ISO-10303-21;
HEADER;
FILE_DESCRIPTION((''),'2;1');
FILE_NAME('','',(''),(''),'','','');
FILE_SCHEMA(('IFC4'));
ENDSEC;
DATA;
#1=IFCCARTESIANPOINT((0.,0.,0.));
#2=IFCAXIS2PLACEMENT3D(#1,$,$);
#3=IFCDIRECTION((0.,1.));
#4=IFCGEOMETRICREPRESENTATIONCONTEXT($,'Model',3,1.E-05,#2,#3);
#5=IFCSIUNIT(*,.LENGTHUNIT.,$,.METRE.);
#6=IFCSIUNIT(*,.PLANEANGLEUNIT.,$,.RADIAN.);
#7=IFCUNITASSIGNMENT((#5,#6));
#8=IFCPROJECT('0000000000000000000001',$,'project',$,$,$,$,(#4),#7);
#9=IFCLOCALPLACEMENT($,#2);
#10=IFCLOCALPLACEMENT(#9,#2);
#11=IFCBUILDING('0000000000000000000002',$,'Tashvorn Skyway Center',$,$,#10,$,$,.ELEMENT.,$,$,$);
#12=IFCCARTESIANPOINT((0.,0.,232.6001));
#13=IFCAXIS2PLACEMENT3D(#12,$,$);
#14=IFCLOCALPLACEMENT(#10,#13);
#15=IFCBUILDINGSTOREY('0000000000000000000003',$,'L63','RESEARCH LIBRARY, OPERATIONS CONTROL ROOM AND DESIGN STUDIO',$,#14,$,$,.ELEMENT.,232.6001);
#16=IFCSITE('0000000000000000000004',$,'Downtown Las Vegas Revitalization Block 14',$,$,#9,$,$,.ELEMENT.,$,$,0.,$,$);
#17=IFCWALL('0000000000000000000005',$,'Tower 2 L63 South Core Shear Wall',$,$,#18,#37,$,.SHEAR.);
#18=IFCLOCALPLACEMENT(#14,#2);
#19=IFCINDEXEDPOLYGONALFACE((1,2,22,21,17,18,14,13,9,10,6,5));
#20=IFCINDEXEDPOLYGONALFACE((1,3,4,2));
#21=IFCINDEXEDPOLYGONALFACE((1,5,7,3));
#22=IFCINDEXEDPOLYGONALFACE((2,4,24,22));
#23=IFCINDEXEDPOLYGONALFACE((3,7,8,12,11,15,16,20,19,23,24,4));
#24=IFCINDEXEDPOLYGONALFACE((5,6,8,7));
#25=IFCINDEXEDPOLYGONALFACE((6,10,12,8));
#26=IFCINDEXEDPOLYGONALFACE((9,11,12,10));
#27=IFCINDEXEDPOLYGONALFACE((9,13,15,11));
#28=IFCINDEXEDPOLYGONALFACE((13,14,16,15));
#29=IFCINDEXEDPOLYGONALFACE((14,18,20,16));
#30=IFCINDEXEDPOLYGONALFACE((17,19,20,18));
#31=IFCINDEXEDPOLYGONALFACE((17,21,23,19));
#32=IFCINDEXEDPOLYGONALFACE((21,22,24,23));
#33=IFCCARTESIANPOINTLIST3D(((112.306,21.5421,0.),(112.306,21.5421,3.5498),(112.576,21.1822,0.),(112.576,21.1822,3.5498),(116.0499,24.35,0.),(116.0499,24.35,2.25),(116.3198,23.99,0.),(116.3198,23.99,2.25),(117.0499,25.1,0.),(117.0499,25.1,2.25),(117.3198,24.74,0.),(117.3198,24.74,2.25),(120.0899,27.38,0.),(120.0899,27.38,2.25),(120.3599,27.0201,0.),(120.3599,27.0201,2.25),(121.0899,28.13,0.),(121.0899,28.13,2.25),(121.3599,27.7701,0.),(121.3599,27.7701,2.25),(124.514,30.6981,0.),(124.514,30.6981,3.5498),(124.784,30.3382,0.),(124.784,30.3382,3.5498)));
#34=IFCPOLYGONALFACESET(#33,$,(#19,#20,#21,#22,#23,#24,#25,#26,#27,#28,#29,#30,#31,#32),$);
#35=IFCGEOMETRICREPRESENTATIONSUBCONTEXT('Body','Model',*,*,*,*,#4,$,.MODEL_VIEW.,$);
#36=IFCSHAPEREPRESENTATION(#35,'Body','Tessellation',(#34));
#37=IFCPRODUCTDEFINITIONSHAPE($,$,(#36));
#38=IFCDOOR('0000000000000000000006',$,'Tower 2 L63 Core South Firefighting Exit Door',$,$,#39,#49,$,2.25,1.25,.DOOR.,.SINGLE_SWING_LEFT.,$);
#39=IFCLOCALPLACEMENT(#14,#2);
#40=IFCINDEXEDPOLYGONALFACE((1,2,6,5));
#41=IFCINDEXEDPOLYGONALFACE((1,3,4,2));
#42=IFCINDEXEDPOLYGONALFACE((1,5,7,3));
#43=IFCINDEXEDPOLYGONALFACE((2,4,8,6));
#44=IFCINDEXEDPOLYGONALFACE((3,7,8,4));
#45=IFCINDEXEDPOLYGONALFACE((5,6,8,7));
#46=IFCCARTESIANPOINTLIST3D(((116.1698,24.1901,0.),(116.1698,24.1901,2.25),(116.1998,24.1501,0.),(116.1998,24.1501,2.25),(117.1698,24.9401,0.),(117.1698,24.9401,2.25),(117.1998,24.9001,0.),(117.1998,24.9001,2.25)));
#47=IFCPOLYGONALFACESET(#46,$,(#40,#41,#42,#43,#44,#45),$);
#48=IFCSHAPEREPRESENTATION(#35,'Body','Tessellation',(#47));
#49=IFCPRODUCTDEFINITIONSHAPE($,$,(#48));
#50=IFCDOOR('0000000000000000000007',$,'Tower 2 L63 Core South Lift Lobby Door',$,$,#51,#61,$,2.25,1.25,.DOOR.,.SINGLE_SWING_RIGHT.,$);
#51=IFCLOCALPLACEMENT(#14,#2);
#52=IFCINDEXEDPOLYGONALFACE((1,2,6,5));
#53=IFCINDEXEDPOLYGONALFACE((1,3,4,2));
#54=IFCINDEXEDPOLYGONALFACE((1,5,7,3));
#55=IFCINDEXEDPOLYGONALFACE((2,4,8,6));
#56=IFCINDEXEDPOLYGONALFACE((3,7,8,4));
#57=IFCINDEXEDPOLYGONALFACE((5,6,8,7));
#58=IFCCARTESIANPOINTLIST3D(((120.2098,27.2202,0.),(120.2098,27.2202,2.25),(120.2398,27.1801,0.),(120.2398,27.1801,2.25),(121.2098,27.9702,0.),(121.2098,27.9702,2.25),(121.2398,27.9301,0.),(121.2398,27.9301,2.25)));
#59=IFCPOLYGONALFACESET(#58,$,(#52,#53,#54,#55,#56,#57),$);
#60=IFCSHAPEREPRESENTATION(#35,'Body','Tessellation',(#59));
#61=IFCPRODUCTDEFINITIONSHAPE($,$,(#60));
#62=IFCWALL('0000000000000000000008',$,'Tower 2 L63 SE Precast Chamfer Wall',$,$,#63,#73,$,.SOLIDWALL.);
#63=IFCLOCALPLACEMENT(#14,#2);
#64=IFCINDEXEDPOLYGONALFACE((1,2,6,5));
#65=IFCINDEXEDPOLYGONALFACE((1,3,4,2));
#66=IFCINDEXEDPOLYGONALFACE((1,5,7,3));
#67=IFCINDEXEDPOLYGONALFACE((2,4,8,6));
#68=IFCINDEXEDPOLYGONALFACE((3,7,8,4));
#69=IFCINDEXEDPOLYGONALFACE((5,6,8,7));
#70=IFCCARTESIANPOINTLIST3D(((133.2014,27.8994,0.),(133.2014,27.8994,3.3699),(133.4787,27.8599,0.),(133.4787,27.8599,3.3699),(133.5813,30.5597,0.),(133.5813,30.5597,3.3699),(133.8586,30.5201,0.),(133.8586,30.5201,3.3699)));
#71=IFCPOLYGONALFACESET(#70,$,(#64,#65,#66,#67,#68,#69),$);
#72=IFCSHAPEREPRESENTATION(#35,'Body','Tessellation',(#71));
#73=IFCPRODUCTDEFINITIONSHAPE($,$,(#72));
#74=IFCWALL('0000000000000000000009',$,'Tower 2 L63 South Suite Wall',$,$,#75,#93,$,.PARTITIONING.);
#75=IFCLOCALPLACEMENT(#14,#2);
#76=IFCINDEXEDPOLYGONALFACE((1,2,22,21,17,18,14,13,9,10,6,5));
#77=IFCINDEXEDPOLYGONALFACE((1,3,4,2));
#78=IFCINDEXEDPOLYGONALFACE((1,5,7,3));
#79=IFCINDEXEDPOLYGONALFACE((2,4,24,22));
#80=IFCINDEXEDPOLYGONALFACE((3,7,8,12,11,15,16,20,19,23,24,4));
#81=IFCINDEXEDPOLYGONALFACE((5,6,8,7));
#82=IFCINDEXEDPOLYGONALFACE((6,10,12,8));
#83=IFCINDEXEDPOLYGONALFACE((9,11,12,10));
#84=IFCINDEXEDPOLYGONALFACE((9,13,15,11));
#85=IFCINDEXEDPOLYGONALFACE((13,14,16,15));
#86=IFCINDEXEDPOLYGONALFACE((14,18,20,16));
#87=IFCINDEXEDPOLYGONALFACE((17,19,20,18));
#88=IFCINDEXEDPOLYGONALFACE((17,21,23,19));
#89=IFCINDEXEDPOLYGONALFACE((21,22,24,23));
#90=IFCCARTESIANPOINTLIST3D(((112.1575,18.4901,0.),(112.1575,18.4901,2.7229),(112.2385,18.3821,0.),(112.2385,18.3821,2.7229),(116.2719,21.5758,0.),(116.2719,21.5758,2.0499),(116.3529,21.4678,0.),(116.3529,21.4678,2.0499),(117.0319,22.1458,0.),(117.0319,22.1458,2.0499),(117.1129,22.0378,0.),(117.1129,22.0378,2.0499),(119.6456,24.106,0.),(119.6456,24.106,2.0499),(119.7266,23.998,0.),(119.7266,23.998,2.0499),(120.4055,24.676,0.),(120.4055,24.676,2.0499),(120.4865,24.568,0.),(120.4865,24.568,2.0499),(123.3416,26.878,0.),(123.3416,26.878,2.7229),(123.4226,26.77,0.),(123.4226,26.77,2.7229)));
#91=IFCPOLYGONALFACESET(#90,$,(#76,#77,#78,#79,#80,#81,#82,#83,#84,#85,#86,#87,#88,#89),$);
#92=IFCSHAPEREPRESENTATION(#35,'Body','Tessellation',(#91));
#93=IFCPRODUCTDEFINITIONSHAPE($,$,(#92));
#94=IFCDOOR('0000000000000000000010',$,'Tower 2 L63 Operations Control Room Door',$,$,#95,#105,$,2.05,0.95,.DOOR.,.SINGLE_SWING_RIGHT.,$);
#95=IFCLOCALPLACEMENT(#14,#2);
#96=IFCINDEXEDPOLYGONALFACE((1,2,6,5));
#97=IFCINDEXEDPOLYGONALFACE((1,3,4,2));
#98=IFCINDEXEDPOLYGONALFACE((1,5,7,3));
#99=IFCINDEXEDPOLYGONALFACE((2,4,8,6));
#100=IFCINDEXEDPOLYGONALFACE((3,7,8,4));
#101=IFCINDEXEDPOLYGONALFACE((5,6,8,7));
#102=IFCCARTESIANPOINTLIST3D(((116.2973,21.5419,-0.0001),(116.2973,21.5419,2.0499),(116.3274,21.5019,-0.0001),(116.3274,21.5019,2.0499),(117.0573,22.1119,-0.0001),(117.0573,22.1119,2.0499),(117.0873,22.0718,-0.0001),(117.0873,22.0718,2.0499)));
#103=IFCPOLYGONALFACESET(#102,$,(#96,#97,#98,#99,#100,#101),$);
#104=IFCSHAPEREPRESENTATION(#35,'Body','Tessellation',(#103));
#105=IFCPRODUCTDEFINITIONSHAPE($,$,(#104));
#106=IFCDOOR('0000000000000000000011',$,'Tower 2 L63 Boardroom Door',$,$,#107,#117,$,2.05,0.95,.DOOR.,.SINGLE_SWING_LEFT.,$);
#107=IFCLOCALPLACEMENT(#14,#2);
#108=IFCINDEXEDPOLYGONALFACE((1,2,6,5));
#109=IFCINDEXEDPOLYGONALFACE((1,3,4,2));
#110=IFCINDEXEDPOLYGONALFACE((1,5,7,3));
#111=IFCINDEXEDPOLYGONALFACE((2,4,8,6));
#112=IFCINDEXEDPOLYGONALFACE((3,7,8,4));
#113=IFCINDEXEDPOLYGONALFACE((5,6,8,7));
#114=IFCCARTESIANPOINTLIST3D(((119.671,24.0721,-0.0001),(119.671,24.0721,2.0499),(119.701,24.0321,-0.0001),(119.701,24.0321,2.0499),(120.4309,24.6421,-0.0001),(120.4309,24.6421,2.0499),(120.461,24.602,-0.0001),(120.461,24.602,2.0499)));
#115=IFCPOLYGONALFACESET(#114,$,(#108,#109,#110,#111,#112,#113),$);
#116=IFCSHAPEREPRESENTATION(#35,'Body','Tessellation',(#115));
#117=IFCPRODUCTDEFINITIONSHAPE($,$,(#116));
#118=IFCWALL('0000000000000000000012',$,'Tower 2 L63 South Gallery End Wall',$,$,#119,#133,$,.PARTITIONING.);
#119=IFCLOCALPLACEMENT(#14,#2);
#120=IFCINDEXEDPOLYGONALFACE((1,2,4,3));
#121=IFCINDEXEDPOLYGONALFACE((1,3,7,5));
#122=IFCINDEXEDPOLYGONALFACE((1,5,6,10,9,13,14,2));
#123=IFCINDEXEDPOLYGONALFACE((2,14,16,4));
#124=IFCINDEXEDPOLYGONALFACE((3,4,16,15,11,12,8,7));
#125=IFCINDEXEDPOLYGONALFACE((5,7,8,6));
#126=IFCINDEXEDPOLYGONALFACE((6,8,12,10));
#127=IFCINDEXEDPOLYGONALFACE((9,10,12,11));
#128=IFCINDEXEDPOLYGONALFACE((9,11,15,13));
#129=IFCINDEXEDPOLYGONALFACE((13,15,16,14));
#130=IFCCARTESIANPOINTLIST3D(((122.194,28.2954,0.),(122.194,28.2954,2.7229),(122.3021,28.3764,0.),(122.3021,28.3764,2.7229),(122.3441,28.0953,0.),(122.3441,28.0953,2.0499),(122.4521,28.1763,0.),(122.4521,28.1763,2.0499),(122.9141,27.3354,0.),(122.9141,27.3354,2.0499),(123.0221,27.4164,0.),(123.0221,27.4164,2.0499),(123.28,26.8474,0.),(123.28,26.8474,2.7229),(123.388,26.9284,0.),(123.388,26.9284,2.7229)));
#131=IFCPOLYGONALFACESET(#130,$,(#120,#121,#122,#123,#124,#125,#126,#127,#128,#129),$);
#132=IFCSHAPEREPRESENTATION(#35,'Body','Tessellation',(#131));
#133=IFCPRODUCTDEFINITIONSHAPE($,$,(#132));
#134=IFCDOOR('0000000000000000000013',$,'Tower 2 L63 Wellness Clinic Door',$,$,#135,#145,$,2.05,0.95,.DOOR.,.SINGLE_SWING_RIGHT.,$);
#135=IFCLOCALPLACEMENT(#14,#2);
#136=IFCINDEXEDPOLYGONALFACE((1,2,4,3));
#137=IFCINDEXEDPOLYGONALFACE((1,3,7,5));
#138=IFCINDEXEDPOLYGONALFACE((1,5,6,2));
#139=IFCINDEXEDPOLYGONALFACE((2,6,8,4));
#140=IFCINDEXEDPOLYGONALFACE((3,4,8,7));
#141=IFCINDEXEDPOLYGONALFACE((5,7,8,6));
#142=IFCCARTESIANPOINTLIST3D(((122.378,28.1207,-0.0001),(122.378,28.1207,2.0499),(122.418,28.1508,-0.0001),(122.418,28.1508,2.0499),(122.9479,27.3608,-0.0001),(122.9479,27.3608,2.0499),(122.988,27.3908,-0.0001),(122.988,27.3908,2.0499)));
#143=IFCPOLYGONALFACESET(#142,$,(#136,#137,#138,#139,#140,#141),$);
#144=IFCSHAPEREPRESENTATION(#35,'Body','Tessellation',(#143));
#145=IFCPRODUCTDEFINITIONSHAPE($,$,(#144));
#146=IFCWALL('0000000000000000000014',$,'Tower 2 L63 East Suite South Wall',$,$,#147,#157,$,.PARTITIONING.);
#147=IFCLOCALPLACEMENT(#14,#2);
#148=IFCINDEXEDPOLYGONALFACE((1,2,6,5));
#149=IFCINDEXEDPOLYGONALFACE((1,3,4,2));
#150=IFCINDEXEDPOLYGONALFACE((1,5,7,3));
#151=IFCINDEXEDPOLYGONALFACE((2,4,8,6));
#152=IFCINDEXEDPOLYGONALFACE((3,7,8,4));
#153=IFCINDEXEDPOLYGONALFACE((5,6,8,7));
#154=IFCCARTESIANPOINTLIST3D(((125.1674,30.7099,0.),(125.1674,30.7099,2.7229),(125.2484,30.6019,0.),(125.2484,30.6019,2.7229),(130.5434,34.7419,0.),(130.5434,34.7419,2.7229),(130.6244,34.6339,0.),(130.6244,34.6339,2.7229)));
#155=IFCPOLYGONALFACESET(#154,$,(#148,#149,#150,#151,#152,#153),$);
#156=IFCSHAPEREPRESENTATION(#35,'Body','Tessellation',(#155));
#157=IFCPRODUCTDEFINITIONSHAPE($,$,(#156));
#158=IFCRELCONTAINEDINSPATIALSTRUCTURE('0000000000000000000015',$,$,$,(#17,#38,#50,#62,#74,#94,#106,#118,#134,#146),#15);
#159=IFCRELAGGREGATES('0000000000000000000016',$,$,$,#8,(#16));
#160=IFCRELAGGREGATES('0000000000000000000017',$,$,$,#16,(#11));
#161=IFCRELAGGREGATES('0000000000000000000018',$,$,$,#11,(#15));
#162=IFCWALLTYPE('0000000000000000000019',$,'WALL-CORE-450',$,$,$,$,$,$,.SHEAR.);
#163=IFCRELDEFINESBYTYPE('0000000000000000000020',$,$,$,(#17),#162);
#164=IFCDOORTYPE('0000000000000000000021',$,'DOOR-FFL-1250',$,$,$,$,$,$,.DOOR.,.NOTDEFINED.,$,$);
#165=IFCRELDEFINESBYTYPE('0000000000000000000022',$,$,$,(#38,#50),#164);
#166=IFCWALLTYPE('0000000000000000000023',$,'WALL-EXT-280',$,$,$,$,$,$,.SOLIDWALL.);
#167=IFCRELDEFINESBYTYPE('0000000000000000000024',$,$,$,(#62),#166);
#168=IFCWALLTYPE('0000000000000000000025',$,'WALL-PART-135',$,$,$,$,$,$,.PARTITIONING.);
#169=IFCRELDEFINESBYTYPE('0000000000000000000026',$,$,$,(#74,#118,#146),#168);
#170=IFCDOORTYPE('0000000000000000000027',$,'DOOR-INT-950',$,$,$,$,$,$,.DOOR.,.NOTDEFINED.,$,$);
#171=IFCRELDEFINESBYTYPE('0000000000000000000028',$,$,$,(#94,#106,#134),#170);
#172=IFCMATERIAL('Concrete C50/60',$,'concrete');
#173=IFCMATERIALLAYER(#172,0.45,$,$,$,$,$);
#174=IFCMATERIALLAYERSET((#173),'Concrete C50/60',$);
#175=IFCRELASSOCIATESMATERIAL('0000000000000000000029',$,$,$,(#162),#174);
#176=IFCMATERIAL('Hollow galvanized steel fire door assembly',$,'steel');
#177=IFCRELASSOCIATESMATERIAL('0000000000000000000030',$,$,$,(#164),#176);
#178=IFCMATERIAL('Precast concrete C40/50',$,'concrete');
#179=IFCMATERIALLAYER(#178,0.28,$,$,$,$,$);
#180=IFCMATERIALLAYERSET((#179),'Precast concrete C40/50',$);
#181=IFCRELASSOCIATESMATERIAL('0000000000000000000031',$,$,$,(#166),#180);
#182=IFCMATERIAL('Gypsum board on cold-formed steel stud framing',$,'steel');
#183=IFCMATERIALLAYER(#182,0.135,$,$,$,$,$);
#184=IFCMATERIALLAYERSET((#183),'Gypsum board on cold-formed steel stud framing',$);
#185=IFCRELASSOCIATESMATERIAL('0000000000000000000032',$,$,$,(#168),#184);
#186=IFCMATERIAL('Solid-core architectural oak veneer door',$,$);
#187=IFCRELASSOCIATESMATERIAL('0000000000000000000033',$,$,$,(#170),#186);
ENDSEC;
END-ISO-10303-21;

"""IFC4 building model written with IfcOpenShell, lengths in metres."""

from ifc_helpers import new_model, si_unit, direction, frame, frame_2d, origin, place, context, subcontext, project, spatial, rectangle, extrude, material, layer, layer_set, type_object, element, fill, save


model = new_model("IFC4")

# Units and contexts
model_context = context("Model", 3, precision=1e-05, world=origin(), true_north=direction((0.0, 1.0)))
body_context = subcontext(model_context, "Body", "Model", "MODEL_VIEW")
ifc_project = project(units=[si_unit("LENGTHUNIT", "METRE"), si_unit("PLANEANGLEUNIT", "RADIAN")], contexts=[model_context])

# Site, building, storey
site_placement = place(None, origin())
site = spatial("IfcSite", under=ifc_project, at=site_placement, Name="Downtown Las Vegas Revitalization Block 14", CompositionType="ELEMENT", RefElevation=0.0)
building_placement = place(site_placement, origin())
building = spatial("IfcBuilding", under=site, at=building_placement, Name="Tashvorn Skyway Center", CompositionType="ELEMENT")
storey_placement = place(building_placement, frame((0.0, 0.0, 232.6001)))
storey = spatial("IfcBuildingStorey", under=building, at=storey_placement, Name="L63", Description="RESEARCH LIBRARY, OPERATIONS CONTROL ROOM AND DESIGN STUDIO", CompositionType="ELEMENT", Elevation=232.6001)

# Wall, openings, doors
ifc_material_1 = material(Name="Concrete C50/60", Category="concrete")
ifc_layer_1 = layer(ifc_material_1, 0.45)
ifc_layer_set_1 = layer_set([ifc_layer_1], Name="Concrete C50/60")
wall_type_1 = type_object("IfcWallType", Name="WALL-CORE-450", PredefinedType="SHEAR", material=ifc_layer_set_1)
wall_1_placement = place(storey_placement, frame((124.6489, 30.5181, 0.0), z_axis=(0.0, 0.0, 1.0), x_axis=(-0.8, -0.6, 0.0)))
wall_1 = element("IfcWall", 1, at=wall_1_placement, inside=storey, type_object=wall_type_1, Name="Tower 2 L63 South Core Shear Wall", PredefinedType="SHEAR", context=body_context, shape_type="SweptSolid", body=[
    extrude(rectangle(XDim=15.26, YDim=0.45, at=frame_2d((7.6299, 0.0))), origin(), (0.0, 0.0, 1.0), 3.5498),
])
opening_1_placement = place(wall_1_placement, frame((9.3301, 0.0, 0.0)))
opening_1 = element("IfcOpeningElement", 2, at=opening_1_placement, cuts=wall_1, PredefinedType="OPENING", context=body_context, shape_type="SweptSolid", body=[
    extrude(rectangle(XDim=1.25, YDim=2.25, at=frame_2d((0.625, 1.125))), frame((0.0, 0.2349, 0.0), z_axis=(0.0, -1.0, 0.0), x_axis=(1.0, 0.0, 0.0)), (0.0, 0.0, 1.0), 0.47),
])
opening_2_placement = place(wall_1_placement, frame((4.28, 0.0, 0.0)))
opening_2 = element("IfcOpeningElement", 3, at=opening_2_placement, cuts=wall_1, PredefinedType="OPENING", context=body_context, shape_type="SweptSolid", body=[
    extrude(rectangle(XDim=1.25, YDim=2.25, at=frame_2d((0.625, 1.125))), frame((0.0, 0.2349, 0.0), z_axis=(0.0, -1.0, 0.0), x_axis=(1.0, 0.0, 0.0)), (0.0, 0.0, 1.0), 0.47),
])
ifc_material_2 = material(Name="Hollow galvanized steel fire door assembly", Category="steel")
door_type_1 = type_object("IfcDoorType", Name="DOOR-FFL-1250", OperationType="NOTDEFINED", PredefinedType="DOOR", material=ifc_material_2)
door_1_placement = place(opening_1_placement, origin())
door_1 = element("IfcDoor", 4, at=door_1_placement, inside=storey, type_object=door_type_1, Name="Tower 2 L63 Core South Firefighting Exit Door", OperationType="SINGLE_SWING_LEFT", OverallHeight=2.25, OverallWidth=1.25, PredefinedType="DOOR", context=body_context, shape_type="SweptSolid", body=[
    extrude(rectangle(XDim=1.25, YDim=2.25, at=frame_2d((0.625, 1.125))), frame((0.0, 0.0249, 0.0), z_axis=(0.0, -1.0, 0.0), x_axis=(1.0, 0.0, 0.0)), (0.0, 0.0, 1.0), 0.05),
])
fill(opening_1, door_1)
door_2_placement = place(opening_2_placement, origin())
door_2 = element("IfcDoor", 5, at=door_2_placement, inside=storey, type_object=door_type_1, Name="Tower 2 L63 Core South Lift Lobby Door", OperationType="SINGLE_SWING_RIGHT", OverallHeight=2.25, OverallWidth=1.25, PredefinedType="DOOR", context=body_context, shape_type="SweptSolid", body=[
    extrude(rectangle(XDim=1.25, YDim=2.25, at=frame_2d((0.625, 1.125))), frame((0.0, 0.0249, 0.0), z_axis=(0.0, -1.0, 0.0), x_axis=(1.0, 0.0, 0.0)), (0.0, 0.0, 1.0), 0.05),
])
fill(opening_2, door_2)

# Wall
ifc_material_3 = material(Name="Precast concrete C40/50", Category="concrete")
ifc_layer_2 = layer(ifc_material_3, 0.28)
ifc_layer_set_2 = layer_set([ifc_layer_2], Name="Precast concrete C40/50")
wall_type_2 = type_object("IfcWallType", Name="WALL-EXT-280", PredefinedType="SOLIDWALL", material=ifc_layer_set_2)
wall_2_placement = place(storey_placement, frame((133.72, 30.54, 0.0), z_axis=(0.0, 0.0, 1.0), x_axis=(-0.14137, -0.989957, 0.0)))
element("IfcWall", 6, at=wall_2_placement, inside=storey, type_object=wall_type_2, Name="Tower 2 L63 SE Precast Chamfer Wall", PredefinedType="SOLIDWALL", context=body_context, shape_type="SweptSolid", body=[
    extrude(rectangle(XDim=2.6873, YDim=0.28, at=frame_2d((1.3438, 0.0))), origin(), (0.0, 0.0, 1.0), 3.3699),
])

# Wall, openings, doors
ifc_material_4 = material(Name="Gypsum board on cold-formed steel stud framing", Category="steel")
ifc_layer_3 = layer(ifc_material_4, 0.135)
ifc_layer_set_3 = layer_set([ifc_layer_3], Name="Gypsum board on cold-formed steel stud framing")
wall_type_3 = type_object("IfcWallType", Name="WALL-PART-135", PredefinedType="PARTITIONING", material=ifc_layer_set_3)
wall_3_placement = place(storey_placement, frame((123.3821, 26.824, 0.0), z_axis=(0.0, 0.0, 1.0), x_axis=(-0.800004, -0.599994, 0.0)))
wall_3 = element("IfcWall", 7, at=wall_3_placement, inside=storey, type_object=wall_type_3, Name="Tower 2 L63 South Suite Wall", PredefinedType="PARTITIONING", context=body_context, shape_type="SweptSolid", body=[
    extrude(rectangle(XDim=13.98, YDim=0.135, at=frame_2d((6.99, 0.0))), origin(), (0.0, 0.0, 1.0), 2.7229),
])
opening_3_placement = place(wall_3_placement, frame((7.887, 0.0, 0.0)))
opening_3 = element("IfcOpeningElement", 8, at=opening_3_placement, cuts=wall_3, PredefinedType="OPENING", context=body_context, shape_type="SweptSolid", body=[
    extrude(rectangle(XDim=0.95, YDim=2.05, at=frame_2d((0.4751, 1.0249))), frame((0.0, 0.0774, 0.0), z_axis=(0.0, -1.0, 0.0), x_axis=(1.0, 0.0, 0.0)), (0.0, 0.0, 1.0), 0.155),
])
opening_4_placement = place(wall_3_placement, frame((3.6699, 0.0, 0.0)))
opening_4 = element("IfcOpeningElement", 9, at=opening_4_placement, cuts=wall_3, PredefinedType="OPENING", context=body_context, shape_type="SweptSolid", body=[
    extrude(rectangle(XDim=0.95, YDim=2.05, at=frame_2d((0.4751, 1.0249))), frame((0.0, 0.0774, 0.0), z_axis=(0.0, -1.0, 0.0), x_axis=(1.0, 0.0, 0.0)), (0.0, 0.0, 1.0), 0.155),
])
ifc_material_5 = material(Name="Solid-core architectural oak veneer door")
door_type_2 = type_object("IfcDoorType", Name="DOOR-INT-950", OperationType="NOTDEFINED", PredefinedType="DOOR", material=ifc_material_5)
door_3_placement = place(opening_3_placement, origin())
door_3 = element("IfcDoor", 10, at=door_3_placement, inside=storey, type_object=door_type_2, Name="Tower 2 L63 Operations Control Room Door", OperationType="SINGLE_SWING_RIGHT", OverallHeight=2.05, OverallWidth=0.95, PredefinedType="DOOR", context=body_context, shape_type="SweptSolid", body=[
    extrude(rectangle(XDim=0.95, YDim=2.05, at=frame_2d((0.4751, 1.0249))), frame((0.0, 0.0249, 0.0), z_axis=(0.0, -1.0, 0.0), x_axis=(1.0, 0.0, 0.0)), (0.0, 0.0, 1.0), 0.05),
])
fill(opening_3, door_3)
door_4_placement = place(opening_4_placement, origin())
door_4 = element("IfcDoor", 11, at=door_4_placement, inside=storey, type_object=door_type_2, Name="Tower 2 L63 Boardroom Door", OperationType="SINGLE_SWING_LEFT", OverallHeight=2.05, OverallWidth=0.95, PredefinedType="DOOR", context=body_context, shape_type="SweptSolid", body=[
    extrude(rectangle(XDim=0.95, YDim=2.05, at=frame_2d((0.4751, 1.0249))), frame((0.0, 0.0249, 0.0), z_axis=(0.0, -1.0, 0.0), x_axis=(1.0, 0.0, 0.0)), (0.0, 0.0, 1.0), 0.05),
])
fill(opening_4, door_4)

# Wall, opening, door
wall_4_placement = place(storey_placement, frame((122.248, 28.3359, 0.0), z_axis=(0.0, 0.0, 1.0), x_axis=(0.599978, -0.800016, 0.0)))
wall_4 = element("IfcWall", 12, at=wall_4_placement, inside=storey, type_object=wall_type_3, Name="Tower 2 L63 South Gallery End Wall", PredefinedType="PARTITIONING", context=body_context, shape_type="SweptSolid", body=[
    extrude(rectangle(XDim=1.8101, YDim=0.135, at=frame_2d((0.905, 0.0))), origin(), (0.0, 0.0, 1.0), 2.7229),
])
opening_5_placement = place(wall_4_placement, frame((0.25, 0.0, 0.0)))
opening_5 = element("IfcOpeningElement", 13, at=opening_5_placement, cuts=wall_4, PredefinedType="OPENING", context=body_context, shape_type="SweptSolid", body=[
    extrude(rectangle(XDim=0.95, YDim=2.05, at=frame_2d((0.4751, 1.0249))), frame((0.0, 0.0774, 0.0), z_axis=(0.0, -1.0, 0.0), x_axis=(1.0, 0.0, 0.0)), (0.0, 0.0, 1.0), 0.155),
])
door_5_placement = place(opening_5_placement, origin())
door_5 = element("IfcDoor", 14, at=door_5_placement, inside=storey, type_object=door_type_2, Name="Tower 2 L63 Wellness Clinic Door", OperationType="SINGLE_SWING_RIGHT", OverallHeight=2.05, OverallWidth=0.95, PredefinedType="DOOR", context=body_context, shape_type="SweptSolid", body=[
    extrude(rectangle(XDim=0.95, YDim=2.05, at=frame_2d((0.4751, 1.0249))), frame((0.0, 0.0249, 0.0), z_axis=(0.0, -1.0, 0.0), x_axis=(1.0, 0.0, 0.0)), (0.0, 0.0, 1.0), 0.05),
])
fill(opening_5, door_5)

# Wall
wall_5_placement = place(storey_placement, frame((125.208, 30.656, 0.0), z_axis=(0.0, 0.0, 1.0), x_axis=(0.8, 0.6, 0.0)))
element("IfcWall", 15, at=wall_5_placement, inside=storey, type_object=wall_type_3, Name="Tower 2 L63 East Suite South Wall", PredefinedType="PARTITIONING", context=body_context, shape_type="SweptSolid", body=[
    extrude(rectangle(XDim=6.72, YDim=0.135, at=frame_2d((3.3599, 0.0))), origin(), (0.0, 0.0, 1.0), 2.7229),
])

save(model, "model.ifc")
